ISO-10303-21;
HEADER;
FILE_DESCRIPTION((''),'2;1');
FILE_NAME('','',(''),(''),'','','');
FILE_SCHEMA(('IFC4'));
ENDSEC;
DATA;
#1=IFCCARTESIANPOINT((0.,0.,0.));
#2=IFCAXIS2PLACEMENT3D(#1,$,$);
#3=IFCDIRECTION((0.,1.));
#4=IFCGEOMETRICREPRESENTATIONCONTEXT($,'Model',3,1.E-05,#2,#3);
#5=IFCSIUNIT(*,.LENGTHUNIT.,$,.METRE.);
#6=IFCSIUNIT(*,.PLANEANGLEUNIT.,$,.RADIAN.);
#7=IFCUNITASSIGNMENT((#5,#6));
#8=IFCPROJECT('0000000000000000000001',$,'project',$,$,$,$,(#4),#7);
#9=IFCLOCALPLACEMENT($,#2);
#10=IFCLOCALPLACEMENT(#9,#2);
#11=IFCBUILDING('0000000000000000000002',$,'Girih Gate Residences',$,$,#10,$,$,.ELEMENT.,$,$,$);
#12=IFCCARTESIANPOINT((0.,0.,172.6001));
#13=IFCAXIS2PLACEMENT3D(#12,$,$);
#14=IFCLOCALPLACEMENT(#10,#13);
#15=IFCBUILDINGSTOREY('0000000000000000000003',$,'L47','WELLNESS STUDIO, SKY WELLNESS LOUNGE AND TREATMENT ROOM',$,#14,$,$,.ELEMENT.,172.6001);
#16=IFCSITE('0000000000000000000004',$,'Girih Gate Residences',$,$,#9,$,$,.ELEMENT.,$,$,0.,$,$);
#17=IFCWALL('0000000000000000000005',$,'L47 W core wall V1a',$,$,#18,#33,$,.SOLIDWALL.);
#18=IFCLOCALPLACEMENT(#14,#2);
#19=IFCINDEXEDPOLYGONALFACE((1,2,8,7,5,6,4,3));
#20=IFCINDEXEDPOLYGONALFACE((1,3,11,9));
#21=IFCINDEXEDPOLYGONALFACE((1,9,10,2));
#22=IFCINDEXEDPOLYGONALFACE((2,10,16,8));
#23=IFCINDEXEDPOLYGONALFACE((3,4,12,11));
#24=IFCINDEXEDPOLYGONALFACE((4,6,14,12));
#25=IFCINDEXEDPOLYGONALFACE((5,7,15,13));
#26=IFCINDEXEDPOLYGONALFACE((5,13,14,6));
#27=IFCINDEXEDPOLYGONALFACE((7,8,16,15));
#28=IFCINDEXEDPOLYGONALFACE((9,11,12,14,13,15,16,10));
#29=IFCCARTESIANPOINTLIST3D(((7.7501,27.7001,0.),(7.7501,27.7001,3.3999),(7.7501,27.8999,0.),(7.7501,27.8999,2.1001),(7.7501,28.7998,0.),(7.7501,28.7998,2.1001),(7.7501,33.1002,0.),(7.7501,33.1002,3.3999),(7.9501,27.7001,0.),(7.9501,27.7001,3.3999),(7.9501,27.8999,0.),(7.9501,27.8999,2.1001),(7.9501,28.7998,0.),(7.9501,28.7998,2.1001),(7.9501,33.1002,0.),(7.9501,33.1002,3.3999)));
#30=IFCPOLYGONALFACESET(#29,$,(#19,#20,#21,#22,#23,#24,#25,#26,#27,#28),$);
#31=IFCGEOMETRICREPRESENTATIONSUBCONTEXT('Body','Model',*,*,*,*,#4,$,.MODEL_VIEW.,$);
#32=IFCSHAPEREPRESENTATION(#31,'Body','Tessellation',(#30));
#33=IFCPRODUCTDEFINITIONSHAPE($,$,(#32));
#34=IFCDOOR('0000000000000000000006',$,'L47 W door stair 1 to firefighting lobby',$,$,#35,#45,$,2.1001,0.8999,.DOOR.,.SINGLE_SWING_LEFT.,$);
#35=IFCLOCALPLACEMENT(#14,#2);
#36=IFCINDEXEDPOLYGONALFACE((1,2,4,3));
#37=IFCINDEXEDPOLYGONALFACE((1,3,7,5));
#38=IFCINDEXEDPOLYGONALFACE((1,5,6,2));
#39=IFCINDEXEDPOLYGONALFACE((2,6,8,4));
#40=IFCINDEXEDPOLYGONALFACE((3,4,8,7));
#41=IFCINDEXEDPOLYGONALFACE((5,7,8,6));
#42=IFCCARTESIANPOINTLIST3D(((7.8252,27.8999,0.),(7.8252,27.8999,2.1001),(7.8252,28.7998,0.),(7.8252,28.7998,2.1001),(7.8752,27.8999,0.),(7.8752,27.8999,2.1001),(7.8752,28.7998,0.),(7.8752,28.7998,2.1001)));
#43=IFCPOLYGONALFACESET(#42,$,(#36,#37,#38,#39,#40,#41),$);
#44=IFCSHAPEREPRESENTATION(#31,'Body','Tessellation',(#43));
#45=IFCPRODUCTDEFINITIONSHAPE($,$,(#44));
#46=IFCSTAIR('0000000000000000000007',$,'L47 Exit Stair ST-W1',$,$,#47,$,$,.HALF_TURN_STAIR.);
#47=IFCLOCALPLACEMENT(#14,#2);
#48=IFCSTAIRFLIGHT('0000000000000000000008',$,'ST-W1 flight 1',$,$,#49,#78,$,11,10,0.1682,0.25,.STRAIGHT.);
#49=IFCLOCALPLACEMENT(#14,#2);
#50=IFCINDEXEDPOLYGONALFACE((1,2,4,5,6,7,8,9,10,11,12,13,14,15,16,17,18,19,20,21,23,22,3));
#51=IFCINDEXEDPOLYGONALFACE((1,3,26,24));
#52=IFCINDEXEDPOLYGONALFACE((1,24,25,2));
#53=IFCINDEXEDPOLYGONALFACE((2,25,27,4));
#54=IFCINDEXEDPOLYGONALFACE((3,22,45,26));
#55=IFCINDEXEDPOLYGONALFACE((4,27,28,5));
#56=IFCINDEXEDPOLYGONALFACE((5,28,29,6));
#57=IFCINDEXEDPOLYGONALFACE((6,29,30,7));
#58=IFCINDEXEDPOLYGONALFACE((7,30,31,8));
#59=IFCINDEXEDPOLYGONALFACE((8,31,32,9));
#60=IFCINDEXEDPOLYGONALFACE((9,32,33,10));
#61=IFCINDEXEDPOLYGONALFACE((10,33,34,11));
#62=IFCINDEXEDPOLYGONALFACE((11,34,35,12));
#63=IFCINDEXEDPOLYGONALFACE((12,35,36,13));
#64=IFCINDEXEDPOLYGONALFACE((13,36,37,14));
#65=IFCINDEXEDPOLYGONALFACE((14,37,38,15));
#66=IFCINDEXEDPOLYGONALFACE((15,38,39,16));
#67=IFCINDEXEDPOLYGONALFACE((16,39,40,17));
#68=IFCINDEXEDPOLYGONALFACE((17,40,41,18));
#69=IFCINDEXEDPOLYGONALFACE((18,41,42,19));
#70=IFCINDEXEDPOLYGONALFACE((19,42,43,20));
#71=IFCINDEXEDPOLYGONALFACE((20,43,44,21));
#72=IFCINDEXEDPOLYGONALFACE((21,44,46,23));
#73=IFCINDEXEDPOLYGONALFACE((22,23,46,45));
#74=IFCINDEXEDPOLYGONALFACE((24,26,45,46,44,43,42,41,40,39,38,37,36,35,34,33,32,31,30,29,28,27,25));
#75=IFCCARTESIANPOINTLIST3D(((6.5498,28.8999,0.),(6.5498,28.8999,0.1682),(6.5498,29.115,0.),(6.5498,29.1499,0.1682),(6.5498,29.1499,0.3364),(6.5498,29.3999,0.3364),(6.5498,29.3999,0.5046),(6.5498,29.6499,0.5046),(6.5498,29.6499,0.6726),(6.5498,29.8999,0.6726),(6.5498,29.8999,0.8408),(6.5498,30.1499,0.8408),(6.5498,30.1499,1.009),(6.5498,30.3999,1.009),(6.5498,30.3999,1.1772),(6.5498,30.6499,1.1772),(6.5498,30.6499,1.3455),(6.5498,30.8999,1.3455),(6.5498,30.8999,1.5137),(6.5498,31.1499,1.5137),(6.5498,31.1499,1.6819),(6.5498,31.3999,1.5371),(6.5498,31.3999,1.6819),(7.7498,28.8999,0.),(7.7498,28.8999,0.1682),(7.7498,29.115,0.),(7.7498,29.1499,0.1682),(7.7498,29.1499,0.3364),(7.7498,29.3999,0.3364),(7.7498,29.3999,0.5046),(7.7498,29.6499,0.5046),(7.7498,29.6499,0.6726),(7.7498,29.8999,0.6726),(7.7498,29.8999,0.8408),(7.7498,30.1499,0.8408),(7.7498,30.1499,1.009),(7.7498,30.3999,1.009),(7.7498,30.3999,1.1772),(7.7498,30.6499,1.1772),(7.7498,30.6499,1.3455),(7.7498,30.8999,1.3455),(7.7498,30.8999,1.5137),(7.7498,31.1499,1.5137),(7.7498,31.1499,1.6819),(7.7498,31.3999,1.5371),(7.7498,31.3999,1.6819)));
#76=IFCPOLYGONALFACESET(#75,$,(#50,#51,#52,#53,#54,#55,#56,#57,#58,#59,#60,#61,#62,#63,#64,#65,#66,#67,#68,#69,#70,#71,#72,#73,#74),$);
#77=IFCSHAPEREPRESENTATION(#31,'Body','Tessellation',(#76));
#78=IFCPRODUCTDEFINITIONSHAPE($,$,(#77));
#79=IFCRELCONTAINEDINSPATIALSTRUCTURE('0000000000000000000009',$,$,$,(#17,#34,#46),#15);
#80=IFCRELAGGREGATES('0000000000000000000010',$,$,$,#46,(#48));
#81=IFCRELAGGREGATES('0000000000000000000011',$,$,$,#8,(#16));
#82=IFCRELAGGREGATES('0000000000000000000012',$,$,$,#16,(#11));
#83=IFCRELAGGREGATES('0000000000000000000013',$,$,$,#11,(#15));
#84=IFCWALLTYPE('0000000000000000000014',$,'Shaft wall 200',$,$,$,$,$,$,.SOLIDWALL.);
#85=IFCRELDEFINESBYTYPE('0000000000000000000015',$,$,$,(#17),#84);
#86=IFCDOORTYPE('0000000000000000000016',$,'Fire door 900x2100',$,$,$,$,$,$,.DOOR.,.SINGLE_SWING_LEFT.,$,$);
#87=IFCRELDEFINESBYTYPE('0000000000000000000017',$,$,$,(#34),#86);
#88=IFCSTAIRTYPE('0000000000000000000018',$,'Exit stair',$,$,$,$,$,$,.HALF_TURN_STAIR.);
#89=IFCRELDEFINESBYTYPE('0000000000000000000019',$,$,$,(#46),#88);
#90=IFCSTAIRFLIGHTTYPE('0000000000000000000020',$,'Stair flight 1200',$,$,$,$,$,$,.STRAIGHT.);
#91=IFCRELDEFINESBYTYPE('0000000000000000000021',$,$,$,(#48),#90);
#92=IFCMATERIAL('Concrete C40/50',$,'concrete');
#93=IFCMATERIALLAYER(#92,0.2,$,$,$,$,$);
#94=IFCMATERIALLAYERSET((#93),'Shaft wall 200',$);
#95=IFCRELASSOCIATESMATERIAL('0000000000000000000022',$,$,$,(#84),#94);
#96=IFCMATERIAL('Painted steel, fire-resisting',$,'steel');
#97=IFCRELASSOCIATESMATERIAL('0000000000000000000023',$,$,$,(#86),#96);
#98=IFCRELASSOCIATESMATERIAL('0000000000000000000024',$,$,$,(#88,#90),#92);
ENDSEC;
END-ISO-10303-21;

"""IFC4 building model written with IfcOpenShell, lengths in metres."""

from ifc_helpers import new_model, si_unit, direction, frame, frame_2d, origin, place, context, subcontext, project, spatial, polyline, rectangle, outline, extrude, material, layer, layer_set, type_object, element, fill, aggregate, save


model = new_model("IFC4")

# Units and contexts
model_context = context("Model", 3, precision=1e-05, world=origin(), true_north=direction((0.0, 1.0)))
body_context = subcontext(model_context, "Body", "Model", "MODEL_VIEW")
ifc_project = project(units=[si_unit("LENGTHUNIT", "METRE"), si_unit("PLANEANGLEUNIT", "RADIAN")], contexts=[model_context])

# Site, building, storey
site_placement = place(None, origin())
site = spatial("IfcSite", under=ifc_project, at=site_placement, Name="Girih Gate Residences", CompositionType="ELEMENT", RefElevation=0.0)
building_placement = place(site_placement, origin())
building = spatial("IfcBuilding", under=site, at=building_placement, Name="Girih Gate Residences", CompositionType="ELEMENT")
storey_placement = place(building_placement, frame((0.0, 0.0, 172.6001)))
storey = spatial("IfcBuildingStorey", under=building, at=storey_placement, Name="L47", Description="WELLNESS STUDIO, SKY WELLNESS LOUNGE AND TREATMENT ROOM", CompositionType="ELEMENT", Elevation=172.6001)

# Shared definitions
ifc_material_1 = material(Name="Painted steel, fire-resisting", Category="steel")

# Wall, opening, door
ifc_material_2 = material(Name="Concrete C40/50", Category="concrete")
ifc_layer_1 = layer(ifc_material_2, 0.2)
ifc_layer_set_1 = layer_set([ifc_layer_1], Name="Shaft wall 200")
wall_type_1 = type_object("IfcWallType", Name="Shaft wall 200", PredefinedType="SOLIDWALL", material=ifc_layer_set_1)
wall_1_placement = place(storey_placement, frame((7.8501, 27.7, 0.0), z_axis=(0.0, 0.0, 1.0), x_axis=(0.0, 1.0, 0.0)))
wall_1 = element("IfcWall", 1, at=wall_1_placement, inside=storey, type_object=wall_type_1, Name="L47 W core wall V1a", PredefinedType="SOLIDWALL", context=body_context, shape_type="SweptSolid", body=[
    extrude(rectangle(XDim=5.4001, YDim=0.2, at=frame_2d((2.7002, 0.0))), origin(), (0.0, 0.0, 1.0), 3.3999),
])
opening_1_placement = place(wall_1_placement, frame((0.2, 0.0, 0.0)))
opening_1 = element("IfcOpeningElement", 2, at=opening_1_placement, cuts=wall_1, PredefinedType="OPENING", context=body_context, shape_type="SweptSolid", body=[
    extrude(rectangle(XDim=0.8999, YDim=2.1001, at=frame_2d((0.45, 1.05))), frame((0.0, 0.1099, 0.0), z_axis=(0.0, -1.0, 0.0), x_axis=(1.0, 0.0, 0.0)), (0.0, 0.0, 1.0), 0.22),
])
door_type_1 = type_object("IfcDoorType", Name="Fire door 900x2100", OperationType="SINGLE_SWING_LEFT", PredefinedType="DOOR", material=ifc_material_1)
door_1_placement = place(opening_1_placement, origin())
door_1 = element("IfcDoor", 3, at=door_1_placement, inside=storey, type_object=door_type_1, Name="L47 W door stair 1 to firefighting lobby", OperationType="SINGLE_SWING_LEFT", OverallHeight=2.1001, OverallWidth=0.8999, PredefinedType="DOOR", context=body_context, shape_type="SweptSolid", body=[
    extrude(rectangle(XDim=0.8999, YDim=2.1001, at=frame_2d((0.45, 1.05))), frame((0.0, 0.0249, 0.0), z_axis=(0.0, -1.0, 0.0), x_axis=(1.0, 0.0, 0.0)), (0.0, 0.0, 1.0), 0.05),
])
fill(opening_1, door_1)

# Stair, stair flight
stair_type = type_object("IfcStairType", Name="Exit stair", PredefinedType="HALF_TURN_STAIR", material=ifc_material_2)
stair_placement = place(storey_placement, origin())
stair = element("IfcStair", 4, at=stair_placement, inside=storey, type_object=stair_type, Name="L47 Exit Stair ST-W1", PredefinedType="HALF_TURN_STAIR")
stair_flight_type = type_object("IfcStairFlightType", Name="Stair flight 1200", PredefinedType="STRAIGHT", material=ifc_material_2)
stair_flight_placement = place(storey_placement, frame((7.1499, 28.8999, 0.0), z_axis=(0.0, 0.0, 1.0), x_axis=(0.0, 1.0, 0.0)))
stair_flight = element("IfcStairFlight", 5, at=stair_flight_placement, type_object=stair_flight_type, Name="ST-W1 flight 1", NumberOfRisers=11, NumberOfTreads=10, PredefinedType="STRAIGHT", RiserHeight=0.1682, TreadLength=0.25, context=body_context, shape_type="SweptSolid", body=[
    extrude(outline(polyline([(0.0, 0.0), (0.0, 0.1682), (0.25, 0.1682), (0.25, 0.3364), (0.5, 0.3364), (0.5, 0.5046), (0.75, 0.5046), (0.75, 0.6726), (1.0, 0.6726), (1.0, 0.8408), (1.25, 0.8408), (1.25, 1.009), (1.5, 1.009), (1.5, 1.1772), (1.75, 1.1772), (1.75, 1.3455), (2.0, 1.3455), (2.0, 1.5137), (2.25, 1.5137), (2.25, 1.6819), (2.5, 1.6819), (2.5, 1.8501), (2.5, 1.5371), (0.2151, 0.0), (0.0, 0.0)])), frame((0.0, 0.6001, 0.0), z_axis=(0.0, -1.0, 0.0), x_axis=(1.0, 0.0, 0.0)), (0.0, 0.0, 1.0), 1.2),
])
aggregate(stair, [stair_flight])

save(model, "model.ifc")
